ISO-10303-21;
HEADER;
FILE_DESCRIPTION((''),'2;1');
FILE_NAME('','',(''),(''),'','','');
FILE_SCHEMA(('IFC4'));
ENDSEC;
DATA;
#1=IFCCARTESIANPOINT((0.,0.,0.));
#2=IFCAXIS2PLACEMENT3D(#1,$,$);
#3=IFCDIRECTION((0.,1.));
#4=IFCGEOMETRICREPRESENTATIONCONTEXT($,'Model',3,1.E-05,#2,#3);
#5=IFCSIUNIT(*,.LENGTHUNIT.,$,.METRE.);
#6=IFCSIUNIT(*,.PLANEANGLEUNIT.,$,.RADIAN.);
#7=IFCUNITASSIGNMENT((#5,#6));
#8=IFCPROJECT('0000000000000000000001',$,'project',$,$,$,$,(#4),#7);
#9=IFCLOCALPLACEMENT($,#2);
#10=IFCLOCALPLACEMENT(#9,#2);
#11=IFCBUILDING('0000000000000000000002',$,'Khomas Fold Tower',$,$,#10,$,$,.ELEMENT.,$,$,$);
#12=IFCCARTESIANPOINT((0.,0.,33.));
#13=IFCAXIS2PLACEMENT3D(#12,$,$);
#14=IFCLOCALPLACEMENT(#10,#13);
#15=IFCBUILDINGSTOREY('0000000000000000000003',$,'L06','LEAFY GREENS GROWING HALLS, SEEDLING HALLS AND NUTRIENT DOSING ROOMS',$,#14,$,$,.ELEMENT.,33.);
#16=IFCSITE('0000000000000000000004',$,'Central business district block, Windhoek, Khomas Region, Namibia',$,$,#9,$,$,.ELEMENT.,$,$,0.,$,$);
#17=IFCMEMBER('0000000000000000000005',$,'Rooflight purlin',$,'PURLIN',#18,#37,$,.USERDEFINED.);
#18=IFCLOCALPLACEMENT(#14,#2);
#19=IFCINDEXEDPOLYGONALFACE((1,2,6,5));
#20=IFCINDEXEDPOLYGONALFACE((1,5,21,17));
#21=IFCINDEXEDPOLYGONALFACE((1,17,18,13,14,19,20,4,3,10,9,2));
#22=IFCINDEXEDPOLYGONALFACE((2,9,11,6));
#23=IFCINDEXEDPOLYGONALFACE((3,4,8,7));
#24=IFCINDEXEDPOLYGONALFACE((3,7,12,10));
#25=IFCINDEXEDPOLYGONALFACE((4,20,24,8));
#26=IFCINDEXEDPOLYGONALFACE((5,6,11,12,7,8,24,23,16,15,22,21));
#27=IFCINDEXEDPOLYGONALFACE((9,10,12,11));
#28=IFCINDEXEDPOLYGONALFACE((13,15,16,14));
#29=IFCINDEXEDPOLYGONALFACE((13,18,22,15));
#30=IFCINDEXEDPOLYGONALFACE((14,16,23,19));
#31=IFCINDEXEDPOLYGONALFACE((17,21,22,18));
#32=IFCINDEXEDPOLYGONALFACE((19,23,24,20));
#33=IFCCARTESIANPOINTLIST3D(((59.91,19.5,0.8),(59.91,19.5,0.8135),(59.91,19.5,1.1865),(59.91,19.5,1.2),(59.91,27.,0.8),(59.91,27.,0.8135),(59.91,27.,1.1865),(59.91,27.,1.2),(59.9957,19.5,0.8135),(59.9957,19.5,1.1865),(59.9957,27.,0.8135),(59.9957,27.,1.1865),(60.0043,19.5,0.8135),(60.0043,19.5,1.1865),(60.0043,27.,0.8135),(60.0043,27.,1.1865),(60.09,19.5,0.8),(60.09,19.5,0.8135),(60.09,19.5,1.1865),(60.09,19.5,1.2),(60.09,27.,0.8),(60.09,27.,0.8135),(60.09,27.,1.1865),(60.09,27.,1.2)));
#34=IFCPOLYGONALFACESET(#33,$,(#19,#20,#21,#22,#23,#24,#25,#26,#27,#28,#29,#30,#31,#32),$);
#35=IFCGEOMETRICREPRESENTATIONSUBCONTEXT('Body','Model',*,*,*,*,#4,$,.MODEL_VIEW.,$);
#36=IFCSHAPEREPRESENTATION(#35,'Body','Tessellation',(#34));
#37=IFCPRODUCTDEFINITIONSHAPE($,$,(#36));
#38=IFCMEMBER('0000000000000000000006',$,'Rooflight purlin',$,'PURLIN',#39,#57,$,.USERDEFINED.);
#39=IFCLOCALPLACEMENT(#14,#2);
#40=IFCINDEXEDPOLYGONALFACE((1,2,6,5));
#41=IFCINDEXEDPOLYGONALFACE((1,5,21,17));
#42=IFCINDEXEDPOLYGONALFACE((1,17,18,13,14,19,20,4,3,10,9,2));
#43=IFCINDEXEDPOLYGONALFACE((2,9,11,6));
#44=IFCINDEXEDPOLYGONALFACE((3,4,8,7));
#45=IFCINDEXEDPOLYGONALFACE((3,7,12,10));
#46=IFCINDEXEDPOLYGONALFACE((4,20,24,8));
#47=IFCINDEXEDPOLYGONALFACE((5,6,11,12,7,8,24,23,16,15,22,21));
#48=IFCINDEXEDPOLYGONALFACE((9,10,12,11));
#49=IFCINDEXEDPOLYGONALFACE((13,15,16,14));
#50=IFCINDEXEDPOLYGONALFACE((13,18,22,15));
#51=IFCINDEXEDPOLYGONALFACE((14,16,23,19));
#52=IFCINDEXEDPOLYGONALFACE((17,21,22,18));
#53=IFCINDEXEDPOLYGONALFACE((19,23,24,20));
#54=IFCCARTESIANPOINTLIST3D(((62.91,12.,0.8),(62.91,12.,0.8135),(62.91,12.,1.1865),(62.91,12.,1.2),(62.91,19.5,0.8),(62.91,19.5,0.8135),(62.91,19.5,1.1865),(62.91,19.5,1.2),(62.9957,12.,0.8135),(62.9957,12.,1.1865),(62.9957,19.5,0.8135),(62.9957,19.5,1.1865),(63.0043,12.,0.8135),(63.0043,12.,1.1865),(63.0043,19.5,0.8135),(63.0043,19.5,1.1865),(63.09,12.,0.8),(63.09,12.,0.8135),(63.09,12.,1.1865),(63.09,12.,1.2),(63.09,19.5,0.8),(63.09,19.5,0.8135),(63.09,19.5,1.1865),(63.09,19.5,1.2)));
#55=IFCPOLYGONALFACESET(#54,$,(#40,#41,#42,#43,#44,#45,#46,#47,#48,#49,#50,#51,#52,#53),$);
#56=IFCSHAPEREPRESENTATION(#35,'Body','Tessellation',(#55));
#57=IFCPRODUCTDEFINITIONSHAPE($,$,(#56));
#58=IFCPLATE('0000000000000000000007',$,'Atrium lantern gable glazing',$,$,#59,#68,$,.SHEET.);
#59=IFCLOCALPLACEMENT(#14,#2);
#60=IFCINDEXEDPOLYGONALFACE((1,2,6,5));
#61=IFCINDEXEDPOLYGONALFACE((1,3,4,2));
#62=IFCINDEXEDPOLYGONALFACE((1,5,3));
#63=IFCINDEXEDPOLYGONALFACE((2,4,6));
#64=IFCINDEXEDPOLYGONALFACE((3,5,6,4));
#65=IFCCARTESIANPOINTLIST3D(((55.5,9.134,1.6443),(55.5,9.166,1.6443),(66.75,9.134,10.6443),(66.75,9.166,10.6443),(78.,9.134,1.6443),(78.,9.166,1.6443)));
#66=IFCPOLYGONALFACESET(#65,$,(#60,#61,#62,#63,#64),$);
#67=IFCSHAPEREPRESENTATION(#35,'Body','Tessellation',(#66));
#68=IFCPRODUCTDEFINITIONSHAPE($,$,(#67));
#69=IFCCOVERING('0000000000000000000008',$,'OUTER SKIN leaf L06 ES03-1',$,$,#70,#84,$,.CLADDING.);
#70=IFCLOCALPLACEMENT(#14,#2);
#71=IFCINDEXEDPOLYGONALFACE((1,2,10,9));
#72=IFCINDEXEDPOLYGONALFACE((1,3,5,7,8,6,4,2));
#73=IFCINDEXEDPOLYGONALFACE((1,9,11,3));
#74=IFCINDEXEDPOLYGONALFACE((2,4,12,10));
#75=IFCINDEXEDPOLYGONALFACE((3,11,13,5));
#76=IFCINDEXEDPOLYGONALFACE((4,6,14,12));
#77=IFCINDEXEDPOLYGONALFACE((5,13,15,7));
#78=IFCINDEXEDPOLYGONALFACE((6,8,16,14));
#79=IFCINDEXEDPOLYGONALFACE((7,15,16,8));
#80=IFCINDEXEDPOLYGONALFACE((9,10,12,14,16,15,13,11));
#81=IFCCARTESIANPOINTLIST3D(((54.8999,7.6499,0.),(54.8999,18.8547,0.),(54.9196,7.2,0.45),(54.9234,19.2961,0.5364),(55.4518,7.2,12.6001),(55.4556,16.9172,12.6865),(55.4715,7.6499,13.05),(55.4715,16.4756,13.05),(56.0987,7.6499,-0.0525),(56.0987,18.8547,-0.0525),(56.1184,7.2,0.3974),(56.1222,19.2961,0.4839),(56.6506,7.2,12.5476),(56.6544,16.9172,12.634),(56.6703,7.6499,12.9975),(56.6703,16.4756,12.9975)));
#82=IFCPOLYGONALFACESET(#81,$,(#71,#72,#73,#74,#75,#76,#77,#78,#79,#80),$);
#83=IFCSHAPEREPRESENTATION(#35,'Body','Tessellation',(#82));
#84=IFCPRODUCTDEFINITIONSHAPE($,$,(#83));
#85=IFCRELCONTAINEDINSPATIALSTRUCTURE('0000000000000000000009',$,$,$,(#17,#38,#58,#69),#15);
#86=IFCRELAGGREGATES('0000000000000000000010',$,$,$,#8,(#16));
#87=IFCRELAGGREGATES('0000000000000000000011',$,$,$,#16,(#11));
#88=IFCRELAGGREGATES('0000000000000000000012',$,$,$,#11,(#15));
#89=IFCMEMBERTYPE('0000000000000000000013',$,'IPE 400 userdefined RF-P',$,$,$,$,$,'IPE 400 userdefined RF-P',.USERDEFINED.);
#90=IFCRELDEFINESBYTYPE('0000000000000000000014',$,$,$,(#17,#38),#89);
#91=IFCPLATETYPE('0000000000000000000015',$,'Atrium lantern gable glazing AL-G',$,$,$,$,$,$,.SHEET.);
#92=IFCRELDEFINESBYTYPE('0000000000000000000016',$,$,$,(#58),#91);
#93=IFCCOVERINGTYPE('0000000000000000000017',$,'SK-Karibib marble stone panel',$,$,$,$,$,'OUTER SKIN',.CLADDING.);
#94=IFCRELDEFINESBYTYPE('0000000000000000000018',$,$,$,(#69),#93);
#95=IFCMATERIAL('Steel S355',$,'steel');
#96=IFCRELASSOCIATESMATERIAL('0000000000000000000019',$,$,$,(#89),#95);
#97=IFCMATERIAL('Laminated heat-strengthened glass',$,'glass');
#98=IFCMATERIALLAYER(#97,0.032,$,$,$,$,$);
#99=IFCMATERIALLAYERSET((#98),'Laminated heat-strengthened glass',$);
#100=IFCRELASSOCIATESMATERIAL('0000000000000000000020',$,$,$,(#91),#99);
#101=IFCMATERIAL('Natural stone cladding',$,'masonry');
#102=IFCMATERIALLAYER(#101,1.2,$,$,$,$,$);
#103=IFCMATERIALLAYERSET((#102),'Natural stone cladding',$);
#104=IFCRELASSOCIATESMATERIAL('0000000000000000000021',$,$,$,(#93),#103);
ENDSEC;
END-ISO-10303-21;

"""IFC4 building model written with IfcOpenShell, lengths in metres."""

from ifc_helpers import new_model, si_unit, direction, frame, origin, origin_2d, place, context, subcontext, project, spatial, polyline, i_section, outline, extrude, source, transform, mapped, material, layer, layer_set, material_profile, profile_set, type_object, element, save


model = new_model("IFC4")

# Units and contexts
model_context = context("Model", 3, precision=1e-05, world=origin(), true_north=direction((0.0, 1.0)))
body_context = subcontext(model_context, "Body", "Model", "MODEL_VIEW")
ifc_project = project(units=[si_unit("LENGTHUNIT", "METRE"), si_unit("PLANEANGLEUNIT", "RADIAN")], contexts=[model_context])

# Site, building, storey
site_placement = place(None, origin())
site = spatial("IfcSite", under=ifc_project, at=site_placement, Name="Central business district block, Windhoek, Khomas Region, Namibia", CompositionType="ELEMENT", RefElevation=0.0)
building_placement = place(site_placement, origin())
building = spatial("IfcBuilding", under=site, at=building_placement, Name="Khomas Fold Tower", CompositionType="ELEMENT")
storey_placement = place(building_placement, frame((0.0, 0.0, 33.0)))
storey = spatial("IfcBuildingStorey", under=building, at=storey_placement, Name="L06", Description="LEAFY GREENS GROWING HALLS, SEEDLING HALLS AND NUTRIENT DOSING ROOMS", CompositionType="ELEMENT", Elevation=33.0)

# Members
ifc_material_1 = material(Name="Steel S355", Category="steel")
ifc_material_profile_1 = material_profile(ifc_material_1, i_section(OverallWidth=0.1799, OverallDepth=0.3999, WebThickness=0.0085, FlangeThickness=0.0134, at=origin_2d()), Name="IPE 400")
ifc_profile_set_1 = profile_set([ifc_material_profile_1], Name="Steel S355")
member_type_1 = type_object("IfcMemberType", Name="IPE 400 userdefined RF-P", ElementType="IPE 400 userdefined RF-P", PredefinedType="USERDEFINED", material=ifc_profile_set_1)
shared_shape_1 = source(origin(), body_context, "Body", "SweptSolid", [
    extrude(i_section(OverallWidth=0.1799, OverallDepth=0.3999, WebThickness=0.0085, FlangeThickness=0.0134, at=origin_2d()), origin(), (0.0, 0.0, 1.0), 7.5),
])
for number, where, z_axis, x_axis, name in (
    (1, (60.0, 19.5, 1.0), (0.0, 1.0, 0.0), (-1.0, 0.0, 0.0), "Rooflight purlin"),
    (2, (63.0, 12.0, 1.0), (0.0, 1.0, 0.0), (-1.0, 0.0, 0.0), "Rooflight purlin"),
):
    element("IfcMember", number, at=place(storey_placement, frame(where, z_axis=z_axis, x_axis=x_axis)), inside=storey, type_object=member_type_1, Name=name, ObjectType="PURLIN", PredefinedType="USERDEFINED", context=body_context, shape_type="MappedRepresentation", body=[
        mapped(shared_shape_1, transform((0.0, 0.0, 0.0))),
    ])

# Plate
ifc_material_2 = material(Name="Laminated heat-strengthened glass", Category="glass")
ifc_layer_1 = layer(ifc_material_2, 0.032)
ifc_layer_set_1 = layer_set([ifc_layer_1], Name="Laminated heat-strengthened glass")
plate_type_1 = type_object("IfcPlateType", Name="Atrium lantern gable glazing AL-G", PredefinedType="SHEET", material=ifc_layer_set_1)
plate_1_placement = place(storey_placement, frame((55.5, 9.134, 1.6443), z_axis=(0.0, -1.0, 0.0), x_axis=(1.0, 0.0, 0.0)))
element("IfcPlate", 3, at=plate_1_placement, inside=storey, type_object=plate_type_1, Name="Atrium lantern gable glazing", PredefinedType="SHEET", context=body_context, shape_type="SweptSolid", body=[
    extrude(outline(polyline([(0.0, 0.0), (22.5, 0.0), (11.25, 9.0), (0.0, 0.0)])), origin(), (0.0, 0.0, -1.0), 0.032),
])

# Covering
ifc_material_3 = material(Name="Natural stone cladding", Category="masonry")
ifc_layer_2 = layer(ifc_material_3, 1.2)
ifc_layer_set_2 = layer_set([ifc_layer_2], Name="Natural stone cladding")
covering_type = type_object("IfcCoveringType", Name="SK-Karibib marble stone panel", ElementType="OUTER SKIN", PredefinedType="CLADDING", material=ifc_layer_set_2)
covering_placement = place(storey_placement, frame((55.4556, 16.9172, 12.6865), z_axis=(-0.999042, 0.0, 0.043756), x_axis=(-0.042942, 0.191967, -0.980461)))
element("IfcCovering", 4, at=covering_placement, inside=storey, type_object=covering_type, Name="OUTER SKIN leaf L06 ES03-1", PredefinedType="CLADDING", context=body_context, shape_type="SweptSolid", body=[
    extrude(outline(polyline([(0.0, 0.0), (12.3923, 0.0), (12.8344, 0.5363), (10.6835, 11.5327), (10.1551, 11.8878), (-1.7805, 9.5532), (-2.1361, 9.0251), (-0.4419, 0.3636), (0.0, 0.0)])), origin(), (0.0, 0.0, -1.0), 1.2),
])

save(model, "model.ifc")
